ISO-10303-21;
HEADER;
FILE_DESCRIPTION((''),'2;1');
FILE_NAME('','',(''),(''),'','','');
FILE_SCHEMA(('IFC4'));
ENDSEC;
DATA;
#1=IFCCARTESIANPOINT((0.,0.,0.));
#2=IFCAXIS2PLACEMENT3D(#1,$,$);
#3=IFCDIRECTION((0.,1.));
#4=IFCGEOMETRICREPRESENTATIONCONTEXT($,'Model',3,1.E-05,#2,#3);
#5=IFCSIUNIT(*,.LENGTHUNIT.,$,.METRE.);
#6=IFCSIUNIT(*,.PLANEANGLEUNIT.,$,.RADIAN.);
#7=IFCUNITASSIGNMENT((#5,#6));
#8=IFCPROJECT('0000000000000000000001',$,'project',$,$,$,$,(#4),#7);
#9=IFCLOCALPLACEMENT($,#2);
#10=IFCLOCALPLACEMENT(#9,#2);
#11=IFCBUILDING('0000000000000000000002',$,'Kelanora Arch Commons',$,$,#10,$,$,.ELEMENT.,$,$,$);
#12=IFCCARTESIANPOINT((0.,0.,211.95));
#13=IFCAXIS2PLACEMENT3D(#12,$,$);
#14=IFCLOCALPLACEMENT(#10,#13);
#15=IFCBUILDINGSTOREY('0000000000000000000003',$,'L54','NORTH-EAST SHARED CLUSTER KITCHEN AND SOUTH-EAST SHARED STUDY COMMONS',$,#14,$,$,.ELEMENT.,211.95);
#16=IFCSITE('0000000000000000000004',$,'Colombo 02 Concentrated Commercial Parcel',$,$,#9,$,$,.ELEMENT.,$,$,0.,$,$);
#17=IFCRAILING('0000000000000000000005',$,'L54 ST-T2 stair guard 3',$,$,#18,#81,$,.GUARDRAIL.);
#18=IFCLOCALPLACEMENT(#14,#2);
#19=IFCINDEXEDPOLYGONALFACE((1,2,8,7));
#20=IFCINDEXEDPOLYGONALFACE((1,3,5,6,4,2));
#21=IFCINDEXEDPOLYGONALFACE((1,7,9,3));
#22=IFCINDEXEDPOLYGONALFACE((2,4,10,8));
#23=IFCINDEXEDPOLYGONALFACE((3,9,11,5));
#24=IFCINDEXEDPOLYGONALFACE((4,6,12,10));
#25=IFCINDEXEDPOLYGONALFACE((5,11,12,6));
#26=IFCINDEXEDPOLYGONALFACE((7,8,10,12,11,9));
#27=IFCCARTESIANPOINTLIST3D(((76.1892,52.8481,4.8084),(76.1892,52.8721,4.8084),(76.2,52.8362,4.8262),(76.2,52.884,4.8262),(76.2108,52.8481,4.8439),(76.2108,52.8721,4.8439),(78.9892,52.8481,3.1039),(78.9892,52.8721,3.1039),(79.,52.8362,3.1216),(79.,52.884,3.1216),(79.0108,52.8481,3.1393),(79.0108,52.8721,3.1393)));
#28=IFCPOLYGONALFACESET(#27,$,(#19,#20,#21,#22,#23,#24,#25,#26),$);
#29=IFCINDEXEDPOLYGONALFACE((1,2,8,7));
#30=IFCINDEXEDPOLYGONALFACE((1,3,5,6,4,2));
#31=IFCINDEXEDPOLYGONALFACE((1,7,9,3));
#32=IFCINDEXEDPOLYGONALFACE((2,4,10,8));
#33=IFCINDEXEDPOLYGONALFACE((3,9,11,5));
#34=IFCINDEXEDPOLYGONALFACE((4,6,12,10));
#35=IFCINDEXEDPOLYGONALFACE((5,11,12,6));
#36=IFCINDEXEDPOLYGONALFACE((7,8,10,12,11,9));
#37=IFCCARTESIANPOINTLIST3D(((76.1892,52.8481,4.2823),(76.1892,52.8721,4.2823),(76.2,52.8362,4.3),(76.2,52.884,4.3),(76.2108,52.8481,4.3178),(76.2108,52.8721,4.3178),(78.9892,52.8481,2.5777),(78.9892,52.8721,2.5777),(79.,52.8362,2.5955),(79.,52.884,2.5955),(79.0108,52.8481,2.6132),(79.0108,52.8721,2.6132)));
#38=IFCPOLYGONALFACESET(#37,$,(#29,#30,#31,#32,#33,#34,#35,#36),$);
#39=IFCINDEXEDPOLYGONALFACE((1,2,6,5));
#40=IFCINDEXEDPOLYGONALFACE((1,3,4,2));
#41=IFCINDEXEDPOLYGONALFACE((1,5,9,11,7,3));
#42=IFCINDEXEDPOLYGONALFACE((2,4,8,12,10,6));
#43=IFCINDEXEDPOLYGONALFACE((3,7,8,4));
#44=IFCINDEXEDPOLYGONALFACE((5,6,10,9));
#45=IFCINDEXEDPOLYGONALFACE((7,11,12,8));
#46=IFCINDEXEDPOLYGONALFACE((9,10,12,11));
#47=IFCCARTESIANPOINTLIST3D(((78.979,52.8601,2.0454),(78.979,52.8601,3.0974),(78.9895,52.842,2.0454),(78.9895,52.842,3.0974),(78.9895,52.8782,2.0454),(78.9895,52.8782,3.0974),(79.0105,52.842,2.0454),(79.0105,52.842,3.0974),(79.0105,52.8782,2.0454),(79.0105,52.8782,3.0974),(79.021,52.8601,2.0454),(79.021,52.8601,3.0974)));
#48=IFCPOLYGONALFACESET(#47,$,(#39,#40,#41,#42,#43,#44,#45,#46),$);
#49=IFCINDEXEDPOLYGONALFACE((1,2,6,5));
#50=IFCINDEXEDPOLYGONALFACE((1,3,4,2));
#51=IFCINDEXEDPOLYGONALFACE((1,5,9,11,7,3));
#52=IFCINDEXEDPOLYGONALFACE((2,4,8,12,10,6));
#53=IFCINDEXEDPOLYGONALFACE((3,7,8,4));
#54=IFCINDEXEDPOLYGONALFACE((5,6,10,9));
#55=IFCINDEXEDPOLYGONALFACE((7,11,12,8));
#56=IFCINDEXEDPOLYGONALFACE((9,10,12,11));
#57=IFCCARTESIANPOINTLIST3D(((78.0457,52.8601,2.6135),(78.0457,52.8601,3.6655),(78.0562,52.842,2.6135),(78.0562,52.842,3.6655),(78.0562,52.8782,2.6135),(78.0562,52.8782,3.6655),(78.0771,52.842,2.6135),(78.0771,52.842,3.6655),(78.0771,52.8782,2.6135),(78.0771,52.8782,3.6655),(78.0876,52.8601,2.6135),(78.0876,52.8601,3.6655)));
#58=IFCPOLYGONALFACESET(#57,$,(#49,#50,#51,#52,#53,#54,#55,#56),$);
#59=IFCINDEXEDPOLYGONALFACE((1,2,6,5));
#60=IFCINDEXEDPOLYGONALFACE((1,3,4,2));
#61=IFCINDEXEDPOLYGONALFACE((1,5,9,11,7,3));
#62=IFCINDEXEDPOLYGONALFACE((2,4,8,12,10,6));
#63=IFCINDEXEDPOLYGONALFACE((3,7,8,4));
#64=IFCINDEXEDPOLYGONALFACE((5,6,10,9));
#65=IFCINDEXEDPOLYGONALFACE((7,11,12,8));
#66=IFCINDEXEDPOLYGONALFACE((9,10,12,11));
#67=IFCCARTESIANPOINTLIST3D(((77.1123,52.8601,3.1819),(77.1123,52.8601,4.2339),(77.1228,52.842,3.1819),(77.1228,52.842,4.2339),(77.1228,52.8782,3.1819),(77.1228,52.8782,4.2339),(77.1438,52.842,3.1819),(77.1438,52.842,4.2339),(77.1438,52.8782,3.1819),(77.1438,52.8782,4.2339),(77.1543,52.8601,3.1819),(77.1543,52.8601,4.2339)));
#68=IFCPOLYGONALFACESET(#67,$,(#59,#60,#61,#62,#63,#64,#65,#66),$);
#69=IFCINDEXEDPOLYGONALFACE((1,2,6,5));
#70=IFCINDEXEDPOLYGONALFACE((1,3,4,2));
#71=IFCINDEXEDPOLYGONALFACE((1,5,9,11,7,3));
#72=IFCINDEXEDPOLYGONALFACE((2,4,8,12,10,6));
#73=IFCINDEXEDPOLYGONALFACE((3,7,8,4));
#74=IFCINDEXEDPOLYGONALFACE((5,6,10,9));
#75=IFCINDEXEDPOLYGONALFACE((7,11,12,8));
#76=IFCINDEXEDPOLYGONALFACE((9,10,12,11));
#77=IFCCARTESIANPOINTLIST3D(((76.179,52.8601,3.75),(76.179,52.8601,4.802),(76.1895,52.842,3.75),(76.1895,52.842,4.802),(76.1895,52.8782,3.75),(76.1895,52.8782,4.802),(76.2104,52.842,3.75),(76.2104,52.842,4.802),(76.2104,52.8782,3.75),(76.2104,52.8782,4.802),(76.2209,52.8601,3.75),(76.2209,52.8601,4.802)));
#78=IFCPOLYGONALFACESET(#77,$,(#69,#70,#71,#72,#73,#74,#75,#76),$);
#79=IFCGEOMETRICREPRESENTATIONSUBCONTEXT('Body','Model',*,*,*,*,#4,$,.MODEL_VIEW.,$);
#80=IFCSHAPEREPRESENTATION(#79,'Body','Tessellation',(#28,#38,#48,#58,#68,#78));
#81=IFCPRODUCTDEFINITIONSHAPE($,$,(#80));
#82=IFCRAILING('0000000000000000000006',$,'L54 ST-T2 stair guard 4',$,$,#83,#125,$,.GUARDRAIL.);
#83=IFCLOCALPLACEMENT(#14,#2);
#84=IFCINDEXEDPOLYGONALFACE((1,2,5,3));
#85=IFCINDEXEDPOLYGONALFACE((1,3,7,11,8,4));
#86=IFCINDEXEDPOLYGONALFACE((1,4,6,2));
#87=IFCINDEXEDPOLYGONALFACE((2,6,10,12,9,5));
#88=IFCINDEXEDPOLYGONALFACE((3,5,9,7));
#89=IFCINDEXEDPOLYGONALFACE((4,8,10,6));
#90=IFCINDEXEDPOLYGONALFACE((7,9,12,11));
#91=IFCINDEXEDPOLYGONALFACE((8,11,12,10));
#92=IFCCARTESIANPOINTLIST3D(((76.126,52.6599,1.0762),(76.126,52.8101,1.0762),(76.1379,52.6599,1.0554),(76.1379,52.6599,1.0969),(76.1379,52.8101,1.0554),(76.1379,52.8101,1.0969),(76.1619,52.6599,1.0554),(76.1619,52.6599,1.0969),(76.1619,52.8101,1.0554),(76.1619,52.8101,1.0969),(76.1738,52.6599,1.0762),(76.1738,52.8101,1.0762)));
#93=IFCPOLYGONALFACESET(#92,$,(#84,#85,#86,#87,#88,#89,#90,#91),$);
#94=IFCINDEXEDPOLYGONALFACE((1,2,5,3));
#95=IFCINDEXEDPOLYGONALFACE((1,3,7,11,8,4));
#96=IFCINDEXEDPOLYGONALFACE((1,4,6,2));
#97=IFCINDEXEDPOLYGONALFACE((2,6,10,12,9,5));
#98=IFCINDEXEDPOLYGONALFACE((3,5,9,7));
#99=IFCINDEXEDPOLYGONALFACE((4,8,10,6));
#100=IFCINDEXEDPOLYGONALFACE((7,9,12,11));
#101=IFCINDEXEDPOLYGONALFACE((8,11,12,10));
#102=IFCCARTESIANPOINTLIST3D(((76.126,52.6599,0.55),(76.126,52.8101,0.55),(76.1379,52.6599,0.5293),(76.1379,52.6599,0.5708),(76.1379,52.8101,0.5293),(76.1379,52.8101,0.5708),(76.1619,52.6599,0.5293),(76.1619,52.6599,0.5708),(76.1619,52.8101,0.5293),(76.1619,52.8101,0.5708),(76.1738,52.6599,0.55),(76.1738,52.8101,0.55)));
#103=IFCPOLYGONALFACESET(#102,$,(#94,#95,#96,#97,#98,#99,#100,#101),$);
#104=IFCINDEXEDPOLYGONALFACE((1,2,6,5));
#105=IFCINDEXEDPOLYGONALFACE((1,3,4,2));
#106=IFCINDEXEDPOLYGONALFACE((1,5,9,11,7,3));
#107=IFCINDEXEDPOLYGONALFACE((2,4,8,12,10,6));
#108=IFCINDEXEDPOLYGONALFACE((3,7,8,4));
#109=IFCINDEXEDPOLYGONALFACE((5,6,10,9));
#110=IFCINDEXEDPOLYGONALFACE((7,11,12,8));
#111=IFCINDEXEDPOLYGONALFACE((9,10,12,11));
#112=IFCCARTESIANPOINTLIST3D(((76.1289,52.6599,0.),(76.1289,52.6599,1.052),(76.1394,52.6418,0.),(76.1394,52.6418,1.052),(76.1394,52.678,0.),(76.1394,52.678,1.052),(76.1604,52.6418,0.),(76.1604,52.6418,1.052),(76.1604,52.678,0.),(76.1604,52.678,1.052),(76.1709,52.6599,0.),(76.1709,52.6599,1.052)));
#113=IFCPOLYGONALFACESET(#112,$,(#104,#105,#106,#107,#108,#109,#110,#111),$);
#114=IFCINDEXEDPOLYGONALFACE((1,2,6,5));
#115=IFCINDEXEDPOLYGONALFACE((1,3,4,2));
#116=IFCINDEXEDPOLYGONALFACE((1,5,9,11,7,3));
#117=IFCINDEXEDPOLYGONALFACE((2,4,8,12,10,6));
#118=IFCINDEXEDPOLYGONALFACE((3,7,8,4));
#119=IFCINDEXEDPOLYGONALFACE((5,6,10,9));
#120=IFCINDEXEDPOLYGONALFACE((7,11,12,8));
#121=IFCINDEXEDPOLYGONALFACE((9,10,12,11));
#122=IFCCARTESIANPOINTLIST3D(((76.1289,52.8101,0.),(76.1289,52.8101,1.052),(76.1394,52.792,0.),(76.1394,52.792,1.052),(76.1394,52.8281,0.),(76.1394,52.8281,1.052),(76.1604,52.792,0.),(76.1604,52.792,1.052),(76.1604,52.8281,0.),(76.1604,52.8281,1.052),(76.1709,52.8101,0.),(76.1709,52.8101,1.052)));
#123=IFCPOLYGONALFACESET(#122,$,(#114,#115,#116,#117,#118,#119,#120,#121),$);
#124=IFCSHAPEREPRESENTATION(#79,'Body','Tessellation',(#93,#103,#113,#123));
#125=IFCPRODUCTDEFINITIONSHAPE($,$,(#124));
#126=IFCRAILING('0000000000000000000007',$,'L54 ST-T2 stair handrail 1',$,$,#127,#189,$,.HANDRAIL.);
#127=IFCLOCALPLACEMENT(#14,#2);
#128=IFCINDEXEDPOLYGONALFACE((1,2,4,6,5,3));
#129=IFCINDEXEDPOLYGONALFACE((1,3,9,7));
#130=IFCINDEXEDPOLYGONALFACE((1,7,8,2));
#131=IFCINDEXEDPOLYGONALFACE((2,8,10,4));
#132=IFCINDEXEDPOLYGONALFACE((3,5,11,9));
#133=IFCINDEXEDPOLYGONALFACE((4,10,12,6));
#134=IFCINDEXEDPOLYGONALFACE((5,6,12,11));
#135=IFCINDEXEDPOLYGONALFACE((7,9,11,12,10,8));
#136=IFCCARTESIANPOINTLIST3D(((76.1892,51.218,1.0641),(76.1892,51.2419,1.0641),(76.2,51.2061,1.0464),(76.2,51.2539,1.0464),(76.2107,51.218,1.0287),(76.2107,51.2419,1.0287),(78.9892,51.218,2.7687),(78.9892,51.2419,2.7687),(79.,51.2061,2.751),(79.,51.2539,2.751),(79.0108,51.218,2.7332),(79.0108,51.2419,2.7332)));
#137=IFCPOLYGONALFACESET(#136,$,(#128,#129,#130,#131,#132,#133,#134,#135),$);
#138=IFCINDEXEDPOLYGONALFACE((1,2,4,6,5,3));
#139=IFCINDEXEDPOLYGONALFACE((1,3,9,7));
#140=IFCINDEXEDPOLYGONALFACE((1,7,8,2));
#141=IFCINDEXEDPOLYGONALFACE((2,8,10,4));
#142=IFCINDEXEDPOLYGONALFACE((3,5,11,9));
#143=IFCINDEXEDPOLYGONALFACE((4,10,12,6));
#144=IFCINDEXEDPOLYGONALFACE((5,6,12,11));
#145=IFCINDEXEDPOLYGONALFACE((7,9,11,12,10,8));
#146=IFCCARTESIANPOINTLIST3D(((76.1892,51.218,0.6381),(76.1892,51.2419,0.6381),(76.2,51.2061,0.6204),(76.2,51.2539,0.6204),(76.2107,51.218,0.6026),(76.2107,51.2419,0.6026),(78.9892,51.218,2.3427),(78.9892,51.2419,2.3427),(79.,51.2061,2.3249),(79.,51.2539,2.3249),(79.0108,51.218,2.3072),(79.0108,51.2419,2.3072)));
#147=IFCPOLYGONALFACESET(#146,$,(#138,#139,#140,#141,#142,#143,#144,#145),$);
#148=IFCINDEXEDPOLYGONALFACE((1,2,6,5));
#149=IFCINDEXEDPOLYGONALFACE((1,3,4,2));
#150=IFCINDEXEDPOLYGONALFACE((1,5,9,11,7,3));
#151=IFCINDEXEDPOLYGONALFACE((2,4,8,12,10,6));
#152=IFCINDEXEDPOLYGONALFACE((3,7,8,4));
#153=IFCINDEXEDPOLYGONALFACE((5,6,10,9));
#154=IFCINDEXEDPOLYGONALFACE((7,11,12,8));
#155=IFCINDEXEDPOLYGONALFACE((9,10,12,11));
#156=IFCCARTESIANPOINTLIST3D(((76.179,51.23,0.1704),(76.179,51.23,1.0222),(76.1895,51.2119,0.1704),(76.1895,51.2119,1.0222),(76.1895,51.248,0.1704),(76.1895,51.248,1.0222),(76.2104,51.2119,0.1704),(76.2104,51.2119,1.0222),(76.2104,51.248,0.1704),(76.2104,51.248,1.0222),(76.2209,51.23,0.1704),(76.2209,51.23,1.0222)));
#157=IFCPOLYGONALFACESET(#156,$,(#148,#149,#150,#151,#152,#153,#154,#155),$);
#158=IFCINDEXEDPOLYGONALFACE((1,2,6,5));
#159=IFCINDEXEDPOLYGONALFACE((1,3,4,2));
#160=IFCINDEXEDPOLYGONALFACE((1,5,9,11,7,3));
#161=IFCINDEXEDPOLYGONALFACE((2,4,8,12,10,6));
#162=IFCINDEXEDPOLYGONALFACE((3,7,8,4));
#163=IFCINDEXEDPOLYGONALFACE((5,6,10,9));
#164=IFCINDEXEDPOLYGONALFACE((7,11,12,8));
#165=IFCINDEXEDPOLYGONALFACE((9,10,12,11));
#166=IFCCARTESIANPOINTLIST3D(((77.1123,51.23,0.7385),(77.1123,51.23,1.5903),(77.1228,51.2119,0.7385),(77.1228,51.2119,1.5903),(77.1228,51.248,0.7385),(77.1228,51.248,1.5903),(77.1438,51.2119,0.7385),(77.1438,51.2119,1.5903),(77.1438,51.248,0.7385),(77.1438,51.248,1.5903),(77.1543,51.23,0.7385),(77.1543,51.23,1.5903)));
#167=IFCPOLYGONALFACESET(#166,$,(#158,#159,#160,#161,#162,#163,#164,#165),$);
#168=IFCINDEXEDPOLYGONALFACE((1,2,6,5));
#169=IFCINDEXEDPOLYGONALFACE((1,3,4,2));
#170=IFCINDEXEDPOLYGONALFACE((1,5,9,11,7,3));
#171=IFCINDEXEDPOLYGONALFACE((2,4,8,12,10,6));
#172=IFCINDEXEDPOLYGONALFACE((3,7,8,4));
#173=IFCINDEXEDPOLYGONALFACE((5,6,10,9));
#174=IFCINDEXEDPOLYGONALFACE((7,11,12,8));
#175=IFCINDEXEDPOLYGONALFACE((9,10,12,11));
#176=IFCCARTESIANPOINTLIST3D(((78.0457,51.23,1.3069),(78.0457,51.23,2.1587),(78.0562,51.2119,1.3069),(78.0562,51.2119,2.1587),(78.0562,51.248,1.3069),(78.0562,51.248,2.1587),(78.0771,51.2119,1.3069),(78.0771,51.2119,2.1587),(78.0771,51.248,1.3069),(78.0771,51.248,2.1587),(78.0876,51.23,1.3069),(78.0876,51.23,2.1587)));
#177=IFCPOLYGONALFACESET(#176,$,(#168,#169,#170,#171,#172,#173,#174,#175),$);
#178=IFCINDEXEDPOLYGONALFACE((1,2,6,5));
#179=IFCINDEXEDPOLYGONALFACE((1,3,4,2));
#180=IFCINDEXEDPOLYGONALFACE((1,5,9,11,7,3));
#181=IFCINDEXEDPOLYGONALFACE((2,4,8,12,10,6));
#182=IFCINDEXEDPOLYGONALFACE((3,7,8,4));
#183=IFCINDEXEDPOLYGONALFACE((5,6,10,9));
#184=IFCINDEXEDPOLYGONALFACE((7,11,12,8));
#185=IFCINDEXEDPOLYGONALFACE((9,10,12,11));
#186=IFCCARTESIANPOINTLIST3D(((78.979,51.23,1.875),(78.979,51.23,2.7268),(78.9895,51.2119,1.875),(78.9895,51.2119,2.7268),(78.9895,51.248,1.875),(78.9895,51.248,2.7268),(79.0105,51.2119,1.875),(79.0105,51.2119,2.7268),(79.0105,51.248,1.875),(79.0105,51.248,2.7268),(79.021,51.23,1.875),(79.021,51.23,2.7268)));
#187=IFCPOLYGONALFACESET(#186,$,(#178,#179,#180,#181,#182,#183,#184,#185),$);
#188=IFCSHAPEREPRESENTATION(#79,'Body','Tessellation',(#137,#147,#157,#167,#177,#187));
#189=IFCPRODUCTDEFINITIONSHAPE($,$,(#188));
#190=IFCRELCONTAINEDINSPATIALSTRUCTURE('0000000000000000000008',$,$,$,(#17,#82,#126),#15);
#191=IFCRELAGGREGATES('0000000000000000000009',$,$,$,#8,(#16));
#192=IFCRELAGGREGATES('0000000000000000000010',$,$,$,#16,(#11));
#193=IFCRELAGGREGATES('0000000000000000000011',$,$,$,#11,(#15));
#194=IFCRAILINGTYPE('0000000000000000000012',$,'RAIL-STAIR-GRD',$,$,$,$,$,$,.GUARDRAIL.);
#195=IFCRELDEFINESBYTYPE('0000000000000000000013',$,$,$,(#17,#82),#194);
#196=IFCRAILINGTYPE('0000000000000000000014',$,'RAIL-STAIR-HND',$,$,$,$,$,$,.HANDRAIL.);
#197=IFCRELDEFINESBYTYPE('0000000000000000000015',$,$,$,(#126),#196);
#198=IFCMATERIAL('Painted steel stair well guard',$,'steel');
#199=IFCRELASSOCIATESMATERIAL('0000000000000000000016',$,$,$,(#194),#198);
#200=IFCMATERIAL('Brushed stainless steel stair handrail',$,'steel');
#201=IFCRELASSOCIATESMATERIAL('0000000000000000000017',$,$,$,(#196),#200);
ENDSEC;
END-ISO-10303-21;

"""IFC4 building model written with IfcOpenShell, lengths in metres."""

from ifc_helpers import new_model, si_unit, direction, frame, origin, place, context, subcontext, project, spatial, polyline, outline, extrude, material, type_object, element, save


model = new_model("IFC4")

# Units and contexts
model_context = context("Model", 3, precision=1e-05, world=origin(), true_north=direction((0.0, 1.0)))
body_context = subcontext(model_context, "Body", "Model", "MODEL_VIEW")
ifc_project = project(units=[si_unit("LENGTHUNIT", "METRE"), si_unit("PLANEANGLEUNIT", "RADIAN")], contexts=[model_context])

# Site, building, storey
site_placement = place(None, origin())
site = spatial("IfcSite", under=ifc_project, at=site_placement, Name="Colombo 02 Concentrated Commercial Parcel", CompositionType="ELEMENT", RefElevation=0.0)
building_placement = place(site_placement, origin())
building = spatial("IfcBuilding", under=site, at=building_placement, Name="Kelanora Arch Commons", CompositionType="ELEMENT")
storey_placement = place(building_placement, frame((0.0, 0.0, 211.95)))
storey = spatial("IfcBuildingStorey", under=building, at=storey_placement, Name="L54", Description="NORTH-EAST SHARED CLUSTER KITCHEN AND SOUTH-EAST SHARED STUDY COMMONS", CompositionType="ELEMENT", Elevation=211.95)

# Railings
ifc_material_1 = material(Name="Painted steel stair well guard", Category="steel")
railing_type_1 = type_object("IfcRailingType", Name="RAIL-STAIR-GRD", PredefinedType="GUARDRAIL", material=ifc_material_1)
railing_1_placement = place(storey_placement, frame((79.0, 52.8601, 2.0454)))
element("IfcRailing", 1, at=railing_1_placement, inside=storey, type_object=railing_type_1, Name="L54 ST-T2 stair guard 3", PredefinedType="GUARDRAIL", context=body_context, shape_type="SweptSolid", body=[
    extrude(outline(polyline([(0.0239, 0.0), (0.012, 0.0208), (-0.012, 0.0208), (-0.0239, 0.0), (-0.012, -0.0208), (0.012, -0.0208), (0.0239, 0.0)])), frame((0.0, 0.0, 1.0762), z_axis=(-0.85417, 0.0, 0.519994), x_axis=(0.0, -1.0, 0.0)), (0.0, 0.0, 1.0), 3.2781),
    extrude(outline(polyline([(0.0239, 0.0), (0.012, 0.0208), (-0.012, 0.0208), (-0.0239, 0.0), (-0.012, -0.0208), (0.012, -0.0208), (0.0239, 0.0)])), frame((0.0, 0.0, 0.55), z_axis=(-0.85417, 0.0, 0.519994), x_axis=(0.0, -1.0, 0.0)), (0.0, 0.0, 1.0), 3.2781),
    extrude(outline(polyline([(0.021, 0.0), (0.0105, 0.0181), (-0.0105, 0.0181), (-0.021, 0.0), (-0.0105, -0.0181), (0.0105, -0.0181), (0.021, 0.0)])), origin(), (0.0, 0.0, 1.0), 1.052),
    extrude(outline(polyline([(0.021, 0.0), (0.0105, 0.0181), (-0.0105, 0.0181), (-0.021, 0.0), (-0.0105, -0.0181), (0.0105, -0.0181), (0.021, 0.0)])), frame((-0.9333, 0.0, 0.5681)), (0.0, 0.0, 1.0), 1.052),
    extrude(outline(polyline([(0.021, 0.0), (0.0105, 0.0181), (-0.0105, 0.0181), (-0.021, 0.0), (-0.0105, -0.0181), (0.0105, -0.0181), (0.021, 0.0)])), frame((-1.8667, 0.0, 1.1365)), (0.0, 0.0, 1.0), 1.052),
    extrude(outline(polyline([(0.021, 0.0), (0.0105, 0.0181), (-0.0105, 0.0181), (-0.021, 0.0), (-0.0105, -0.0181), (0.0105, -0.0181), (0.021, 0.0)])), frame((-2.8, 0.0, 1.7046)), (0.0, 0.0, 1.0), 1.052),
])
railing_2_placement = place(storey_placement, frame((76.1499, 52.6599, 0.0)))
element("IfcRailing", 2, at=railing_2_placement, inside=storey, type_object=railing_type_1, Name="L54 ST-T2 stair guard 4", PredefinedType="GUARDRAIL", context=body_context, shape_type="SweptSolid", body=[
    extrude(outline(polyline([(0.0239, 0.0), (0.012, 0.0208), (-0.012, 0.0208), (-0.0239, 0.0), (-0.012, -0.0208), (0.012, -0.0208), (0.0239, 0.0)])), frame((0.0, 0.0, 1.0762), z_axis=(0.0, 1.0, 0.0), x_axis=(-1.0, 0.0, 0.0)), (0.0, 0.0, 1.0), 0.1501),
    extrude(outline(polyline([(0.0239, 0.0), (0.012, 0.0208), (-0.012, 0.0208), (-0.0239, 0.0), (-0.012, -0.0208), (0.012, -0.0208), (0.0239, 0.0)])), frame((0.0, 0.0, 0.55), z_axis=(0.0, 1.0, 0.0), x_axis=(-1.0, 0.0, 0.0)), (0.0, 0.0, 1.0), 0.1501),
    extrude(outline(polyline([(0.021, 0.0), (0.0105, 0.0181), (-0.0105, 0.0181), (-0.021, 0.0), (-0.0105, -0.0181), (0.0105, -0.0181), (0.021, 0.0)])), origin(), (0.0, 0.0, 1.0), 1.052),
    extrude(outline(polyline([(0.021, 0.0), (0.0105, 0.0181), (-0.0105, 0.0181), (-0.021, 0.0), (-0.0105, -0.0181), (0.0105, -0.0181), (0.021, 0.0)])), frame((0.0, 0.1501, 0.0)), (0.0, 0.0, 1.0), 1.052),
])
ifc_material_2 = material(Name="Brushed stainless steel stair handrail", Category="steel")
railing_type_2 = type_object("IfcRailingType", Name="RAIL-STAIR-HND", PredefinedType="HANDRAIL", material=ifc_material_2)
railing_3_placement = place(storey_placement, frame((76.2, 51.23, 0.1704)))
element("IfcRailing", 3, at=railing_3_placement, inside=storey, type_object=railing_type_2, Name="L54 ST-T2 stair handrail 1", PredefinedType="HANDRAIL", context=body_context, shape_type="SweptSolid", body=[
    extrude(outline(polyline([(0.0239, 0.0), (0.012, 0.0208), (-0.012, 0.0208), (-0.0239, 0.0), (-0.012, -0.0208), (0.012, -0.0208), (0.0239, 0.0)])), frame((0.0, 0.0, 0.876), z_axis=(0.85417, 0.0, 0.519994), x_axis=(0.0, 1.0, 0.0)), (0.0, 0.0, 1.0), 3.2781),
    extrude(outline(polyline([(0.0239, 0.0), (0.012, 0.0208), (-0.012, 0.0208), (-0.0239, 0.0), (-0.012, -0.0208), (0.012, -0.0208), (0.0239, 0.0)])), frame((0.0, 0.0, 0.45), z_axis=(0.85417, 0.0, 0.519994), x_axis=(0.0, 1.0, 0.0)), (0.0, 0.0, 1.0), 3.2781),
    extrude(outline(polyline([(0.021, 0.0), (0.0105, 0.0181), (-0.0105, 0.0181), (-0.021, 0.0), (-0.0105, -0.0181), (0.0105, -0.0181), (0.021, 0.0)])), origin(), (0.0, 0.0, 1.0), 0.8518),
    extrude(outline(polyline([(0.021, 0.0), (0.0105, 0.0181), (-0.0105, 0.0181), (-0.021, 0.0), (-0.0105, -0.0181), (0.0105, -0.0181), (0.021, 0.0)])), frame((0.9333, 0.0, 0.5681)), (0.0, 0.0, 1.0), 0.8518),
    extrude(outline(polyline([(0.021, 0.0), (0.0105, 0.0181), (-0.0105, 0.0181), (-0.021, 0.0), (-0.0105, -0.0181), (0.0105, -0.0181), (0.021, 0.0)])), frame((1.8667, 0.0, 1.1365)), (0.0, 0.0, 1.0), 0.8518),
    extrude(outline(polyline([(0.021, 0.0), (0.0105, 0.0181), (-0.0105, 0.0181), (-0.021, 0.0), (-0.0105, -0.0181), (0.0105, -0.0181), (0.021, 0.0)])), frame((2.8, 0.0, 1.7046)), (0.0, 0.0, 1.0), 0.8518),
])

save(model, "model.ifc")
